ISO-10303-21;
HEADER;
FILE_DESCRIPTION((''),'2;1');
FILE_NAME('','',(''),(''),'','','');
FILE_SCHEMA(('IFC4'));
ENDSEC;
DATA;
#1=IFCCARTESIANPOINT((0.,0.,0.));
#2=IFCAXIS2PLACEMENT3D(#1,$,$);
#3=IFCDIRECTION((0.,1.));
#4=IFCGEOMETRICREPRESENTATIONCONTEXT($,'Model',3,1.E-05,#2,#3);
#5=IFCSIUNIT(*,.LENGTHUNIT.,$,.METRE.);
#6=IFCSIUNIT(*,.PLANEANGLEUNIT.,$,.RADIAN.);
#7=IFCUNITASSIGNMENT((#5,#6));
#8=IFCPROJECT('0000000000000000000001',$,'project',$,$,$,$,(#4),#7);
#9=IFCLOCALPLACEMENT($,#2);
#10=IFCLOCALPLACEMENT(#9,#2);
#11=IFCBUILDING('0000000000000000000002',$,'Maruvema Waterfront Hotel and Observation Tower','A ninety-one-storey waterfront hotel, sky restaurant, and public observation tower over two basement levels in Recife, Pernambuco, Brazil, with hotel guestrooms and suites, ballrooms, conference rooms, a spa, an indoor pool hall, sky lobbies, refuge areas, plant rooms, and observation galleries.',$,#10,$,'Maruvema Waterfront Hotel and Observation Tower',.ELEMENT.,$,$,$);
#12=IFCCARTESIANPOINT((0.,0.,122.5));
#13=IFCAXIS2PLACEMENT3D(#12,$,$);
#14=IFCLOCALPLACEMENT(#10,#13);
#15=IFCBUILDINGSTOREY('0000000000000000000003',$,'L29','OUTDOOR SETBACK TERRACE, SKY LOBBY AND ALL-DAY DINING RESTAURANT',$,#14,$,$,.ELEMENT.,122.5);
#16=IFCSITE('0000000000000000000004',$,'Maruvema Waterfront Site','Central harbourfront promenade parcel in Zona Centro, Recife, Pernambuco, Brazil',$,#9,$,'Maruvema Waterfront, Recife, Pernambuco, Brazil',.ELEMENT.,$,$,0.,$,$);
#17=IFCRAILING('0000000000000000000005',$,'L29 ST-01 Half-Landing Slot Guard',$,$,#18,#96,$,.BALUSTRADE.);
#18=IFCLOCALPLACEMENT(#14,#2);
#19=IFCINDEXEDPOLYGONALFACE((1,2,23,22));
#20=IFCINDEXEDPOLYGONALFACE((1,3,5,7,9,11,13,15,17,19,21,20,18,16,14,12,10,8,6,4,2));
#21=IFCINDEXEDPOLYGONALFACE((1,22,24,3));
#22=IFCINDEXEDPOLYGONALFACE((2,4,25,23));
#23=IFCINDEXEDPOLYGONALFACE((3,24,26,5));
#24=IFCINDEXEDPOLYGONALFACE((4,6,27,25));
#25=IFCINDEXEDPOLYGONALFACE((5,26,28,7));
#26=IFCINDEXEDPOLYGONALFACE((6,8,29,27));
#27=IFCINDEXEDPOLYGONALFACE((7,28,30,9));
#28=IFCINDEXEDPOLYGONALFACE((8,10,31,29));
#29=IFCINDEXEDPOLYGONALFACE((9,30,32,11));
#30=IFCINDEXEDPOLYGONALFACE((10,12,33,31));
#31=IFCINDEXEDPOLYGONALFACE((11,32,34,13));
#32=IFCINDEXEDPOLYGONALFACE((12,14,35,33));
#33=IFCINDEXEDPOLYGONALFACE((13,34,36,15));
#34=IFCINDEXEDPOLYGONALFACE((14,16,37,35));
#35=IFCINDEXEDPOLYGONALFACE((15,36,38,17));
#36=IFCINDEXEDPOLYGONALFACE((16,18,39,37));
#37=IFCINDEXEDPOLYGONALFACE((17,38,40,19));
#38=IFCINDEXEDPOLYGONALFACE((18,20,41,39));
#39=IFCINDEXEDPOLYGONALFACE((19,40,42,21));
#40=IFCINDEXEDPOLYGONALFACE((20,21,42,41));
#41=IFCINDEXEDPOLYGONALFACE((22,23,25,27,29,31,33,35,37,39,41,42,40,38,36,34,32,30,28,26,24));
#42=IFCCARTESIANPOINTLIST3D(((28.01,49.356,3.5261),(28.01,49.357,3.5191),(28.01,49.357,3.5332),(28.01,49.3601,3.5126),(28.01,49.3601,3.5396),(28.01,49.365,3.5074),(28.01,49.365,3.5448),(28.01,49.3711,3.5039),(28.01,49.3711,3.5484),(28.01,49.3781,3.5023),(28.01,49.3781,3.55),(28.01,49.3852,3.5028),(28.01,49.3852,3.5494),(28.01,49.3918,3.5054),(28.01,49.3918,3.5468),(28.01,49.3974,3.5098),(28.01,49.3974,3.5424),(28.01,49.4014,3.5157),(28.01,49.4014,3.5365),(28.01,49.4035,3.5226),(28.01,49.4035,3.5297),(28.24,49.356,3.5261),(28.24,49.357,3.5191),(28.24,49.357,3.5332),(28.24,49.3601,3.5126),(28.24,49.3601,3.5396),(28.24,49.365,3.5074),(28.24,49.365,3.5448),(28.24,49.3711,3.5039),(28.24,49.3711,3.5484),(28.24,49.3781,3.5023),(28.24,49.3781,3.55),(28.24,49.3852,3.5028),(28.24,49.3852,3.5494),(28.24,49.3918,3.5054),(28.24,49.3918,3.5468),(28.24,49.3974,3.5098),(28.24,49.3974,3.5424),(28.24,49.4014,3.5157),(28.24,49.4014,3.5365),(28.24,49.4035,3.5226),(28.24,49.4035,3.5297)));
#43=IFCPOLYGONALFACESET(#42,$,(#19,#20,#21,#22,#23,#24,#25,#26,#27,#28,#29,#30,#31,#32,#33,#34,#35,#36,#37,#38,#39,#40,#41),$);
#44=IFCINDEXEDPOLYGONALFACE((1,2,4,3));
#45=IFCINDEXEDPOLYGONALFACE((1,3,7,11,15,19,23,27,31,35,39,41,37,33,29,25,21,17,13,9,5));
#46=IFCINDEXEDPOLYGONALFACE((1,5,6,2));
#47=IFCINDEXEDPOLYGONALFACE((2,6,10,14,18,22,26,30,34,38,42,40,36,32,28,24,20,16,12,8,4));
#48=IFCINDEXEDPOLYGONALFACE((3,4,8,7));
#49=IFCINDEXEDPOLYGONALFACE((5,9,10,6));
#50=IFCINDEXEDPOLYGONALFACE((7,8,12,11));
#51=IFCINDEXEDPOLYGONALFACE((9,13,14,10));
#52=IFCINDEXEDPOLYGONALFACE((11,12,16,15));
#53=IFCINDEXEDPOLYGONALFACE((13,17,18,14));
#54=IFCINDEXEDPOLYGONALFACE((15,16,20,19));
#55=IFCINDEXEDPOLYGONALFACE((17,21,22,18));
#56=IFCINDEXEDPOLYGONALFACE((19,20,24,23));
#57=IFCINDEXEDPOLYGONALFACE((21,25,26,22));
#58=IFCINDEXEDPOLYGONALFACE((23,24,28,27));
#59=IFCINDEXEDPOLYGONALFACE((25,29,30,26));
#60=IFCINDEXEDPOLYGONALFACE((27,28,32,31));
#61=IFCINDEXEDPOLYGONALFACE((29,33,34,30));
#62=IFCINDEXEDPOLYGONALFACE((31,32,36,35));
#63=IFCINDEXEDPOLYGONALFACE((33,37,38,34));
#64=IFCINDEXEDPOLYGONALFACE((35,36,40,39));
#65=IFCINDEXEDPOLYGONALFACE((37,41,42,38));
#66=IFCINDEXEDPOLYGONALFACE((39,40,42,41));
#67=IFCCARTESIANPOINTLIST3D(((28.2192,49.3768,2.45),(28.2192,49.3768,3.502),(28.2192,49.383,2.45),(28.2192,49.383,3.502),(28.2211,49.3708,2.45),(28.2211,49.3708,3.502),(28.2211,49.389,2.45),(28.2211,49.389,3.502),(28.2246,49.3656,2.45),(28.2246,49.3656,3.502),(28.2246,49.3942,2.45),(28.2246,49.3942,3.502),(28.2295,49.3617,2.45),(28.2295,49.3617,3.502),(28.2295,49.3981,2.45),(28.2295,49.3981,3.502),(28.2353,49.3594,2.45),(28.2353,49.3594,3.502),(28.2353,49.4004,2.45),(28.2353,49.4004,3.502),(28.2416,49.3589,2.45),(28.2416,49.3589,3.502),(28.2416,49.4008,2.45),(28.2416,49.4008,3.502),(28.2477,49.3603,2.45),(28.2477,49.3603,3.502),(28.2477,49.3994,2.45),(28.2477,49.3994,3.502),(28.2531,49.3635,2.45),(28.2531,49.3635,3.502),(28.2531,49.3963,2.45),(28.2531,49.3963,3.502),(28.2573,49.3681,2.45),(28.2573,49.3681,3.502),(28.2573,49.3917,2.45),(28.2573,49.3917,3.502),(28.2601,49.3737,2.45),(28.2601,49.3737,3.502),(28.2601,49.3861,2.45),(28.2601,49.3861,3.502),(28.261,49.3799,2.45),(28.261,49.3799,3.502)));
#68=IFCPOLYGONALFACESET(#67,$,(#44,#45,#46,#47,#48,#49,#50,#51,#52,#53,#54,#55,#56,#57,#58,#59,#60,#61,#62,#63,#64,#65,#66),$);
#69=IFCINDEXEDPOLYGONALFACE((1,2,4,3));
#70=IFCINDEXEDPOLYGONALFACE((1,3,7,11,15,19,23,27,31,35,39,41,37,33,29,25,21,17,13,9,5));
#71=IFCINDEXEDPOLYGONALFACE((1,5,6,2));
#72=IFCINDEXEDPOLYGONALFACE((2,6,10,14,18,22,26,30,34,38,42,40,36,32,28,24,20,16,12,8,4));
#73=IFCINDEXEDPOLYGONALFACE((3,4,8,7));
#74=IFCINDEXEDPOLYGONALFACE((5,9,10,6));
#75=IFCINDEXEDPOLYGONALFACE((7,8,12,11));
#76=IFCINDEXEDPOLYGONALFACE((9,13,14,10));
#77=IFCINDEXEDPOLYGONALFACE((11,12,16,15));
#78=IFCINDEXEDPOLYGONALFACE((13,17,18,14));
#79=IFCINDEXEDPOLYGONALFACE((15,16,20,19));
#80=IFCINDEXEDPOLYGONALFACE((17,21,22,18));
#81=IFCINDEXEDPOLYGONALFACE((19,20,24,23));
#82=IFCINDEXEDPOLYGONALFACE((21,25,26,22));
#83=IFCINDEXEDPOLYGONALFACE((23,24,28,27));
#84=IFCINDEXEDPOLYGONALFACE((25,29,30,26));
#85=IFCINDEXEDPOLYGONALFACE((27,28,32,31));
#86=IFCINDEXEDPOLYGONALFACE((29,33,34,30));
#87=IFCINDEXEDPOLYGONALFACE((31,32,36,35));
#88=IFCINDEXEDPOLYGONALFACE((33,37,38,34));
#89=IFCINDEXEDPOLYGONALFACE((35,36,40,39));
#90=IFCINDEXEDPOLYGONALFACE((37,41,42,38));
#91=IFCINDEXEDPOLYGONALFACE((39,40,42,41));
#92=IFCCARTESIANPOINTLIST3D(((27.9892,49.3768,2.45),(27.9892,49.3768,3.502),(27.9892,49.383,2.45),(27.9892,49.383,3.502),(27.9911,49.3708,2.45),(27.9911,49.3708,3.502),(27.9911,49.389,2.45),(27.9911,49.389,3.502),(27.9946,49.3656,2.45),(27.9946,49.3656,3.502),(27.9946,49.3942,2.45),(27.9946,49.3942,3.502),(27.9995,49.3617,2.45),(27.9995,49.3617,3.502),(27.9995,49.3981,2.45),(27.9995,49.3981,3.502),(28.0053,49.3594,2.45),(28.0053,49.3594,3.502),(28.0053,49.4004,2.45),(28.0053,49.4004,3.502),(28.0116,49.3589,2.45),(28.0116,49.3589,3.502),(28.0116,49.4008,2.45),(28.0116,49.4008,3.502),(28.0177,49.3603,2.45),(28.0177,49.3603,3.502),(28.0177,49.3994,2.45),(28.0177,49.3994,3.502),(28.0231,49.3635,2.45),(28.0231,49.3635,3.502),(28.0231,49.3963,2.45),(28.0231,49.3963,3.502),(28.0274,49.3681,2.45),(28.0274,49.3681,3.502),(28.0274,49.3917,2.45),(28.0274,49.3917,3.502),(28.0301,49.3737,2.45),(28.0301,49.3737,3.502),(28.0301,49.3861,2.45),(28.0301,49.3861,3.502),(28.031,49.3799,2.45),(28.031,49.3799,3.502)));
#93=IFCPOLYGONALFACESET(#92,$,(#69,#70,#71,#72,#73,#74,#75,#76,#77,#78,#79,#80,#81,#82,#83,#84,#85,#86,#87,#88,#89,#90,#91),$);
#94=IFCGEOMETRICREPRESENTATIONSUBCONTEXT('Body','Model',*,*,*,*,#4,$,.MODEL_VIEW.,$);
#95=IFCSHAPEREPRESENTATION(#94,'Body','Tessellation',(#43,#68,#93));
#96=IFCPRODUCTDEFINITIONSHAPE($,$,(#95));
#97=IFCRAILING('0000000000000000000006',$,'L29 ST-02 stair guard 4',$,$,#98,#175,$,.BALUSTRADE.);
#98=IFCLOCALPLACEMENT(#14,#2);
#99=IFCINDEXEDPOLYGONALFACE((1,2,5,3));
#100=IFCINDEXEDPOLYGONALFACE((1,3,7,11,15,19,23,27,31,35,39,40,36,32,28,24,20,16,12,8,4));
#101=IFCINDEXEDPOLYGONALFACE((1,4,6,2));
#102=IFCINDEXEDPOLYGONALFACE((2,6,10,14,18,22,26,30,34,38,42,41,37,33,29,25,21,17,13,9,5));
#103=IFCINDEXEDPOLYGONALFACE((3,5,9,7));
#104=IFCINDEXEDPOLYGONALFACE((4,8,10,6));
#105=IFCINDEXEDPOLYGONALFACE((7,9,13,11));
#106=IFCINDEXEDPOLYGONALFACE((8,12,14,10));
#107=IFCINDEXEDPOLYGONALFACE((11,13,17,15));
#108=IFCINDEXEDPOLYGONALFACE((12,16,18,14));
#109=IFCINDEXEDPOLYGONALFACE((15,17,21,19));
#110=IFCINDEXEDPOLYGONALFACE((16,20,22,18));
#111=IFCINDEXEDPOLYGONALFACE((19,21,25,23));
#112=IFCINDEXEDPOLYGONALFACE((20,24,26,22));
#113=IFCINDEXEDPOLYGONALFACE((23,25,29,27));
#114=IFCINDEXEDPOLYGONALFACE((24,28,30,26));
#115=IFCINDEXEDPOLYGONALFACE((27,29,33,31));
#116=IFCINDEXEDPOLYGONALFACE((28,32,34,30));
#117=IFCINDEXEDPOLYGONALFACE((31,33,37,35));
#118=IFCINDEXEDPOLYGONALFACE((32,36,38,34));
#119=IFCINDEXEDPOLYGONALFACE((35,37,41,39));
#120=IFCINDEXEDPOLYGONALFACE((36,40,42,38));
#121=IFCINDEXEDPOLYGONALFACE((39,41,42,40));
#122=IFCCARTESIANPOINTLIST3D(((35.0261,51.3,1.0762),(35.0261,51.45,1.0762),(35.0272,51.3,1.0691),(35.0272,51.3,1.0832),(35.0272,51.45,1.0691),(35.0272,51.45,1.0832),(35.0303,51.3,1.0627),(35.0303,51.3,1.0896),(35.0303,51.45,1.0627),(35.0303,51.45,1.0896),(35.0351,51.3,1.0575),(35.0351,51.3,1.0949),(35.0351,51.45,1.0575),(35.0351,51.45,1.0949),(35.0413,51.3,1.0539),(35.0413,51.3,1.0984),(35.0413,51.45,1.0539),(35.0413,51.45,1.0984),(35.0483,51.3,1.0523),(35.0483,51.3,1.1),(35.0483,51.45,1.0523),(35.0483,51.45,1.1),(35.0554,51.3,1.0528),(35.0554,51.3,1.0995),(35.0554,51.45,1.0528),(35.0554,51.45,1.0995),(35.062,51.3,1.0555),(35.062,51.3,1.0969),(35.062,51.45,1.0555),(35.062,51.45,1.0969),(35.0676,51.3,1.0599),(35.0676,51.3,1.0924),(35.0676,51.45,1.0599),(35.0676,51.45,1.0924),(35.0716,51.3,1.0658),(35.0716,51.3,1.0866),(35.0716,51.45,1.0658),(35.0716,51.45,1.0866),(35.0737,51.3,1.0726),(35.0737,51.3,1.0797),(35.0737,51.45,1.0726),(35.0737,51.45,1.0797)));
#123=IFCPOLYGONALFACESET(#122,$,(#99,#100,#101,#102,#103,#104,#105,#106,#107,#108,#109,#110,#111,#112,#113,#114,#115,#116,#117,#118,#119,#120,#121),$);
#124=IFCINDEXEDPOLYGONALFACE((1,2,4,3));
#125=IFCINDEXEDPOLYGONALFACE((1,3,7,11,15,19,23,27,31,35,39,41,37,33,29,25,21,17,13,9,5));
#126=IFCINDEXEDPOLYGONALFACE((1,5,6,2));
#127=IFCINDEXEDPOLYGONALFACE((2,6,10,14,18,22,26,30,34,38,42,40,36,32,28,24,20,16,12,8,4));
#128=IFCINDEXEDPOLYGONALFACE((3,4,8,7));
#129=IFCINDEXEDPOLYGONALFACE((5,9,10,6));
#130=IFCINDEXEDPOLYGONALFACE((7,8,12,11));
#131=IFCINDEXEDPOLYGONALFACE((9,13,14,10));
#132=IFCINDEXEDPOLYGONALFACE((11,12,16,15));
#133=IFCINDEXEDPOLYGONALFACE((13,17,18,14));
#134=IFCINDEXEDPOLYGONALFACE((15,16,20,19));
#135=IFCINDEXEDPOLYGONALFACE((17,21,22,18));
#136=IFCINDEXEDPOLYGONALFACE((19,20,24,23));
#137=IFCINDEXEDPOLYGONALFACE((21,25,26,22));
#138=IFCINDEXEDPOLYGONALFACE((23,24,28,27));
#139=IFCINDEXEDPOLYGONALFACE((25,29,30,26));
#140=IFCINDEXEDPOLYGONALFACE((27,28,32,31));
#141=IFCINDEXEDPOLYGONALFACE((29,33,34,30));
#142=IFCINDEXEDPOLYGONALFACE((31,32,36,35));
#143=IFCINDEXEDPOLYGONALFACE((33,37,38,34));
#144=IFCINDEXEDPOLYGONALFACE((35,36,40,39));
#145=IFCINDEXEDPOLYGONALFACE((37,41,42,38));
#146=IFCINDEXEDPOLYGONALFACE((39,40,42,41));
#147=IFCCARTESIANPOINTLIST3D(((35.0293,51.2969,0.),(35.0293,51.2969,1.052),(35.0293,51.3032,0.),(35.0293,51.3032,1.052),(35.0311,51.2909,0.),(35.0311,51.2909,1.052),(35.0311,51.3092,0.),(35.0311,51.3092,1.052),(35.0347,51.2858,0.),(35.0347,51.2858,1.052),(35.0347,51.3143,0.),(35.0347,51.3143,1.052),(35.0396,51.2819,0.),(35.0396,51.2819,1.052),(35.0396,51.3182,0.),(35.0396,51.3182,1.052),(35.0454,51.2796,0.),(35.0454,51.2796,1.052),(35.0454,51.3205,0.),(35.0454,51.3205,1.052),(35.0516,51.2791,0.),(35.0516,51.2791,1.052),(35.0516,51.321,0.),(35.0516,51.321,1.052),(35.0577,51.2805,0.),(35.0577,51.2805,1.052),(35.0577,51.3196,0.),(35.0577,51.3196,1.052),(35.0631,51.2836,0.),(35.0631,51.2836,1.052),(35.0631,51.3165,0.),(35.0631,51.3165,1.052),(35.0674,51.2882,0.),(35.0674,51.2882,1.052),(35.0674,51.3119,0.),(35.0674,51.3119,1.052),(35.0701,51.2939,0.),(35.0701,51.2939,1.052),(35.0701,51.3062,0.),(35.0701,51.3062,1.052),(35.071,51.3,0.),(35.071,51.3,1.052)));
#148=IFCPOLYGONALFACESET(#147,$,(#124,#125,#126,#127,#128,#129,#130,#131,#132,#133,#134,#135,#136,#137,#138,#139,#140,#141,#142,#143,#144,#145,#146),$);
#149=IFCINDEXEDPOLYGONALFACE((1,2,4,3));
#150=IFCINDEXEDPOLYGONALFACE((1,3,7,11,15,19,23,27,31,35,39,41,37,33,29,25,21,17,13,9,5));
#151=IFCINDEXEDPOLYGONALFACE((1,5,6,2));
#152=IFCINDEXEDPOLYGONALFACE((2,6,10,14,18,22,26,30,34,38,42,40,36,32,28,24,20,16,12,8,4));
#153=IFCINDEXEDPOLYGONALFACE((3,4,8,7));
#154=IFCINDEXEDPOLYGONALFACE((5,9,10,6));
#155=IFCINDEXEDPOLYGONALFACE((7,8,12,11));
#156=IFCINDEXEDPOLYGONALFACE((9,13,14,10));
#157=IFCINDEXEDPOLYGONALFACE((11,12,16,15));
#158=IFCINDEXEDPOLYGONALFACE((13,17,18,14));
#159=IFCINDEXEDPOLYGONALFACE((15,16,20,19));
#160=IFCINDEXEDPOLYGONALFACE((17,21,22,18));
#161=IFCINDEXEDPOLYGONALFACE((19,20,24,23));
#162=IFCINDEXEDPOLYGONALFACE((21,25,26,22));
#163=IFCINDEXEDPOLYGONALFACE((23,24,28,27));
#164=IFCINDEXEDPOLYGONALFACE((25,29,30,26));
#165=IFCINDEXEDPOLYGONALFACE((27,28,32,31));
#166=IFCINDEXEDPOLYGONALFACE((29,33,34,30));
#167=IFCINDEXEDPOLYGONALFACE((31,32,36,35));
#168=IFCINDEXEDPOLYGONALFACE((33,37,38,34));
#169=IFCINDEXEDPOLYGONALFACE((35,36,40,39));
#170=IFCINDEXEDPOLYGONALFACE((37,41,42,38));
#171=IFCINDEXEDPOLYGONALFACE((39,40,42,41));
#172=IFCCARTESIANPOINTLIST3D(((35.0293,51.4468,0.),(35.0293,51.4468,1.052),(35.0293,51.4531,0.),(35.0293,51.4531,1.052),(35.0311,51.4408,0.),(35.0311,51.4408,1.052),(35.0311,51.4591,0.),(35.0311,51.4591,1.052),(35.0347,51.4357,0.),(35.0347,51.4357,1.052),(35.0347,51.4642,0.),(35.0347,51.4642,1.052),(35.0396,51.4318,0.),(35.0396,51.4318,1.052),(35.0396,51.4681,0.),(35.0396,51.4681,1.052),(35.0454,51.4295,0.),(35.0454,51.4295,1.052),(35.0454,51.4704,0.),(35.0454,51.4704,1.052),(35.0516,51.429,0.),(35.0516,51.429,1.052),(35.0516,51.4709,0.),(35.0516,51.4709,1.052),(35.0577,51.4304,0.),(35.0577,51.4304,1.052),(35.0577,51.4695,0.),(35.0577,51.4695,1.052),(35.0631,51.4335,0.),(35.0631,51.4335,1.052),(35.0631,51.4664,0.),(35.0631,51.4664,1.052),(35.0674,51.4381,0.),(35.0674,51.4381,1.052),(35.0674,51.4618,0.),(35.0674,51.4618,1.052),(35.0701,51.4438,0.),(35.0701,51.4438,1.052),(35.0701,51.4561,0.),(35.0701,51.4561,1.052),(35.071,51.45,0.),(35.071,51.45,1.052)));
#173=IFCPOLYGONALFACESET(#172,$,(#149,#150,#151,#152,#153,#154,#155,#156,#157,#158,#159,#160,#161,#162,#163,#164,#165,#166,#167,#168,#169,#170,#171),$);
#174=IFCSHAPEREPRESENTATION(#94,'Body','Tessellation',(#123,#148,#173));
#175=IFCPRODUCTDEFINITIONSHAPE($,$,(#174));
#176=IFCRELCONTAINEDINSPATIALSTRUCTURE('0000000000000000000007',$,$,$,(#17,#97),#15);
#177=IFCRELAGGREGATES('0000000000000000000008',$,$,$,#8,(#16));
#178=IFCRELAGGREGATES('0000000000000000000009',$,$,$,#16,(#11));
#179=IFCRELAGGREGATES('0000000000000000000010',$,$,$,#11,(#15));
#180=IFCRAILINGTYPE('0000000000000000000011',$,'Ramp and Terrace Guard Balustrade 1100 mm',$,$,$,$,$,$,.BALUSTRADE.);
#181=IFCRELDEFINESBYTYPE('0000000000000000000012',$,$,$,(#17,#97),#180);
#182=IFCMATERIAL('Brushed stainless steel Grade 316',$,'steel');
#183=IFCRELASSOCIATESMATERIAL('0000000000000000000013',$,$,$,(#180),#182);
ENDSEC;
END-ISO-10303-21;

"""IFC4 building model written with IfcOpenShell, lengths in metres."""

from ifc_helpers import new_model, si_unit, direction, frame, origin, origin_2d, place, context, subcontext, project, spatial, circle, extrude, material, type_object, element, save


model = new_model("IFC4")

# Units and contexts
model_context = context("Model", 3, precision=1e-05, world=origin(), true_north=direction((0.0, 1.0)))
body_context = subcontext(model_context, "Body", "Model", "MODEL_VIEW")
ifc_project = project(units=[si_unit("LENGTHUNIT", "METRE"), si_unit("PLANEANGLEUNIT", "RADIAN")], contexts=[model_context])

# Site, building, storey
site_placement = place(None, origin())
site = spatial("IfcSite", under=ifc_project, at=site_placement, Name="Maruvema Waterfront Site", Description="Central harbourfront promenade parcel in Zona Centro, Recife, Pernambuco, Brazil", LongName="Maruvema Waterfront, Recife, Pernambuco, Brazil", CompositionType="ELEMENT", RefElevation=0.0)
building_placement = place(site_placement, origin())
building = spatial("IfcBuilding", under=site, at=building_placement, Name="Maruvema Waterfront Hotel and Observation Tower", Description="A ninety-one-storey waterfront hotel, sky restaurant, and public observation tower over two basement levels in Recife, Pernambuco, Brazil, with hotel guestrooms and suites, ballrooms, conference rooms, a spa, an indoor pool hall, sky lobbies, refuge areas, plant rooms, and observation galleries.", LongName="Maruvema Waterfront Hotel and Observation Tower", CompositionType="ELEMENT")
storey_placement = place(building_placement, frame((0.0, 0.0, 122.5)))
storey = spatial("IfcBuildingStorey", under=building, at=storey_placement, Name="L29", Description="OUTDOOR SETBACK TERRACE, SKY LOBBY AND ALL-DAY DINING RESTAURANT", CompositionType="ELEMENT", Elevation=122.5)

# Railings
ifc_material_1 = material(Name="Brushed stainless steel Grade 316", Category="steel")
railing_type_1 = type_object("IfcRailingType", Name="Ramp and Terrace Guard Balustrade 1100 mm", PredefinedType="BALUSTRADE", material=ifc_material_1)
railing_1_placement = place(storey_placement, frame((28.24, 49.3799, 2.45)))
element("IfcRailing", 1, at=railing_1_placement, inside=storey, type_object=railing_type_1, Name="L29 ST-01 Half-Landing Slot Guard", PredefinedType="BALUSTRADE", context=body_context, shape_type="SweptSolid", body=[
    extrude(circle(Radius=0.0239, at=origin_2d()), frame((0.0, 0.0, 1.0762), z_axis=(-1.0, 0.0, 0.0), x_axis=(0.0, -1.0, 0.0)), (0.0, 0.0, 1.0), 0.23),
    extrude(circle(Radius=0.021, at=origin_2d()), origin(), (0.0, 0.0, 1.0), 1.052),
    extrude(circle(Radius=0.021, at=origin_2d()), frame((-0.23, 0.0, 0.0)), (0.0, 0.0, 1.0), 1.052),
])
railing_2_placement = place(storey_placement, frame((35.05, 51.3, 0.0)))
element("IfcRailing", 2, at=railing_2_placement, inside=storey, type_object=railing_type_1, Name="L29 ST-02 stair guard 4", PredefinedType="BALUSTRADE", context=body_context, shape_type="SweptSolid", body=[
    extrude(circle(Radius=0.0239, at=origin_2d()), frame((0.0, 0.0, 1.0762), z_axis=(0.0, 1.0, 0.0), x_axis=(-1.0, 0.0, 0.0)), (0.0, 0.0, 1.0), 0.1499),
    extrude(circle(Radius=0.021, at=origin_2d()), origin(), (0.0, 0.0, 1.0), 1.052),
    extrude(circle(Radius=0.021, at=origin_2d()), frame((0.0, 0.1499, 0.0)), (0.0, 0.0, 1.0), 1.052),
])

save(model, "model.ifc")
